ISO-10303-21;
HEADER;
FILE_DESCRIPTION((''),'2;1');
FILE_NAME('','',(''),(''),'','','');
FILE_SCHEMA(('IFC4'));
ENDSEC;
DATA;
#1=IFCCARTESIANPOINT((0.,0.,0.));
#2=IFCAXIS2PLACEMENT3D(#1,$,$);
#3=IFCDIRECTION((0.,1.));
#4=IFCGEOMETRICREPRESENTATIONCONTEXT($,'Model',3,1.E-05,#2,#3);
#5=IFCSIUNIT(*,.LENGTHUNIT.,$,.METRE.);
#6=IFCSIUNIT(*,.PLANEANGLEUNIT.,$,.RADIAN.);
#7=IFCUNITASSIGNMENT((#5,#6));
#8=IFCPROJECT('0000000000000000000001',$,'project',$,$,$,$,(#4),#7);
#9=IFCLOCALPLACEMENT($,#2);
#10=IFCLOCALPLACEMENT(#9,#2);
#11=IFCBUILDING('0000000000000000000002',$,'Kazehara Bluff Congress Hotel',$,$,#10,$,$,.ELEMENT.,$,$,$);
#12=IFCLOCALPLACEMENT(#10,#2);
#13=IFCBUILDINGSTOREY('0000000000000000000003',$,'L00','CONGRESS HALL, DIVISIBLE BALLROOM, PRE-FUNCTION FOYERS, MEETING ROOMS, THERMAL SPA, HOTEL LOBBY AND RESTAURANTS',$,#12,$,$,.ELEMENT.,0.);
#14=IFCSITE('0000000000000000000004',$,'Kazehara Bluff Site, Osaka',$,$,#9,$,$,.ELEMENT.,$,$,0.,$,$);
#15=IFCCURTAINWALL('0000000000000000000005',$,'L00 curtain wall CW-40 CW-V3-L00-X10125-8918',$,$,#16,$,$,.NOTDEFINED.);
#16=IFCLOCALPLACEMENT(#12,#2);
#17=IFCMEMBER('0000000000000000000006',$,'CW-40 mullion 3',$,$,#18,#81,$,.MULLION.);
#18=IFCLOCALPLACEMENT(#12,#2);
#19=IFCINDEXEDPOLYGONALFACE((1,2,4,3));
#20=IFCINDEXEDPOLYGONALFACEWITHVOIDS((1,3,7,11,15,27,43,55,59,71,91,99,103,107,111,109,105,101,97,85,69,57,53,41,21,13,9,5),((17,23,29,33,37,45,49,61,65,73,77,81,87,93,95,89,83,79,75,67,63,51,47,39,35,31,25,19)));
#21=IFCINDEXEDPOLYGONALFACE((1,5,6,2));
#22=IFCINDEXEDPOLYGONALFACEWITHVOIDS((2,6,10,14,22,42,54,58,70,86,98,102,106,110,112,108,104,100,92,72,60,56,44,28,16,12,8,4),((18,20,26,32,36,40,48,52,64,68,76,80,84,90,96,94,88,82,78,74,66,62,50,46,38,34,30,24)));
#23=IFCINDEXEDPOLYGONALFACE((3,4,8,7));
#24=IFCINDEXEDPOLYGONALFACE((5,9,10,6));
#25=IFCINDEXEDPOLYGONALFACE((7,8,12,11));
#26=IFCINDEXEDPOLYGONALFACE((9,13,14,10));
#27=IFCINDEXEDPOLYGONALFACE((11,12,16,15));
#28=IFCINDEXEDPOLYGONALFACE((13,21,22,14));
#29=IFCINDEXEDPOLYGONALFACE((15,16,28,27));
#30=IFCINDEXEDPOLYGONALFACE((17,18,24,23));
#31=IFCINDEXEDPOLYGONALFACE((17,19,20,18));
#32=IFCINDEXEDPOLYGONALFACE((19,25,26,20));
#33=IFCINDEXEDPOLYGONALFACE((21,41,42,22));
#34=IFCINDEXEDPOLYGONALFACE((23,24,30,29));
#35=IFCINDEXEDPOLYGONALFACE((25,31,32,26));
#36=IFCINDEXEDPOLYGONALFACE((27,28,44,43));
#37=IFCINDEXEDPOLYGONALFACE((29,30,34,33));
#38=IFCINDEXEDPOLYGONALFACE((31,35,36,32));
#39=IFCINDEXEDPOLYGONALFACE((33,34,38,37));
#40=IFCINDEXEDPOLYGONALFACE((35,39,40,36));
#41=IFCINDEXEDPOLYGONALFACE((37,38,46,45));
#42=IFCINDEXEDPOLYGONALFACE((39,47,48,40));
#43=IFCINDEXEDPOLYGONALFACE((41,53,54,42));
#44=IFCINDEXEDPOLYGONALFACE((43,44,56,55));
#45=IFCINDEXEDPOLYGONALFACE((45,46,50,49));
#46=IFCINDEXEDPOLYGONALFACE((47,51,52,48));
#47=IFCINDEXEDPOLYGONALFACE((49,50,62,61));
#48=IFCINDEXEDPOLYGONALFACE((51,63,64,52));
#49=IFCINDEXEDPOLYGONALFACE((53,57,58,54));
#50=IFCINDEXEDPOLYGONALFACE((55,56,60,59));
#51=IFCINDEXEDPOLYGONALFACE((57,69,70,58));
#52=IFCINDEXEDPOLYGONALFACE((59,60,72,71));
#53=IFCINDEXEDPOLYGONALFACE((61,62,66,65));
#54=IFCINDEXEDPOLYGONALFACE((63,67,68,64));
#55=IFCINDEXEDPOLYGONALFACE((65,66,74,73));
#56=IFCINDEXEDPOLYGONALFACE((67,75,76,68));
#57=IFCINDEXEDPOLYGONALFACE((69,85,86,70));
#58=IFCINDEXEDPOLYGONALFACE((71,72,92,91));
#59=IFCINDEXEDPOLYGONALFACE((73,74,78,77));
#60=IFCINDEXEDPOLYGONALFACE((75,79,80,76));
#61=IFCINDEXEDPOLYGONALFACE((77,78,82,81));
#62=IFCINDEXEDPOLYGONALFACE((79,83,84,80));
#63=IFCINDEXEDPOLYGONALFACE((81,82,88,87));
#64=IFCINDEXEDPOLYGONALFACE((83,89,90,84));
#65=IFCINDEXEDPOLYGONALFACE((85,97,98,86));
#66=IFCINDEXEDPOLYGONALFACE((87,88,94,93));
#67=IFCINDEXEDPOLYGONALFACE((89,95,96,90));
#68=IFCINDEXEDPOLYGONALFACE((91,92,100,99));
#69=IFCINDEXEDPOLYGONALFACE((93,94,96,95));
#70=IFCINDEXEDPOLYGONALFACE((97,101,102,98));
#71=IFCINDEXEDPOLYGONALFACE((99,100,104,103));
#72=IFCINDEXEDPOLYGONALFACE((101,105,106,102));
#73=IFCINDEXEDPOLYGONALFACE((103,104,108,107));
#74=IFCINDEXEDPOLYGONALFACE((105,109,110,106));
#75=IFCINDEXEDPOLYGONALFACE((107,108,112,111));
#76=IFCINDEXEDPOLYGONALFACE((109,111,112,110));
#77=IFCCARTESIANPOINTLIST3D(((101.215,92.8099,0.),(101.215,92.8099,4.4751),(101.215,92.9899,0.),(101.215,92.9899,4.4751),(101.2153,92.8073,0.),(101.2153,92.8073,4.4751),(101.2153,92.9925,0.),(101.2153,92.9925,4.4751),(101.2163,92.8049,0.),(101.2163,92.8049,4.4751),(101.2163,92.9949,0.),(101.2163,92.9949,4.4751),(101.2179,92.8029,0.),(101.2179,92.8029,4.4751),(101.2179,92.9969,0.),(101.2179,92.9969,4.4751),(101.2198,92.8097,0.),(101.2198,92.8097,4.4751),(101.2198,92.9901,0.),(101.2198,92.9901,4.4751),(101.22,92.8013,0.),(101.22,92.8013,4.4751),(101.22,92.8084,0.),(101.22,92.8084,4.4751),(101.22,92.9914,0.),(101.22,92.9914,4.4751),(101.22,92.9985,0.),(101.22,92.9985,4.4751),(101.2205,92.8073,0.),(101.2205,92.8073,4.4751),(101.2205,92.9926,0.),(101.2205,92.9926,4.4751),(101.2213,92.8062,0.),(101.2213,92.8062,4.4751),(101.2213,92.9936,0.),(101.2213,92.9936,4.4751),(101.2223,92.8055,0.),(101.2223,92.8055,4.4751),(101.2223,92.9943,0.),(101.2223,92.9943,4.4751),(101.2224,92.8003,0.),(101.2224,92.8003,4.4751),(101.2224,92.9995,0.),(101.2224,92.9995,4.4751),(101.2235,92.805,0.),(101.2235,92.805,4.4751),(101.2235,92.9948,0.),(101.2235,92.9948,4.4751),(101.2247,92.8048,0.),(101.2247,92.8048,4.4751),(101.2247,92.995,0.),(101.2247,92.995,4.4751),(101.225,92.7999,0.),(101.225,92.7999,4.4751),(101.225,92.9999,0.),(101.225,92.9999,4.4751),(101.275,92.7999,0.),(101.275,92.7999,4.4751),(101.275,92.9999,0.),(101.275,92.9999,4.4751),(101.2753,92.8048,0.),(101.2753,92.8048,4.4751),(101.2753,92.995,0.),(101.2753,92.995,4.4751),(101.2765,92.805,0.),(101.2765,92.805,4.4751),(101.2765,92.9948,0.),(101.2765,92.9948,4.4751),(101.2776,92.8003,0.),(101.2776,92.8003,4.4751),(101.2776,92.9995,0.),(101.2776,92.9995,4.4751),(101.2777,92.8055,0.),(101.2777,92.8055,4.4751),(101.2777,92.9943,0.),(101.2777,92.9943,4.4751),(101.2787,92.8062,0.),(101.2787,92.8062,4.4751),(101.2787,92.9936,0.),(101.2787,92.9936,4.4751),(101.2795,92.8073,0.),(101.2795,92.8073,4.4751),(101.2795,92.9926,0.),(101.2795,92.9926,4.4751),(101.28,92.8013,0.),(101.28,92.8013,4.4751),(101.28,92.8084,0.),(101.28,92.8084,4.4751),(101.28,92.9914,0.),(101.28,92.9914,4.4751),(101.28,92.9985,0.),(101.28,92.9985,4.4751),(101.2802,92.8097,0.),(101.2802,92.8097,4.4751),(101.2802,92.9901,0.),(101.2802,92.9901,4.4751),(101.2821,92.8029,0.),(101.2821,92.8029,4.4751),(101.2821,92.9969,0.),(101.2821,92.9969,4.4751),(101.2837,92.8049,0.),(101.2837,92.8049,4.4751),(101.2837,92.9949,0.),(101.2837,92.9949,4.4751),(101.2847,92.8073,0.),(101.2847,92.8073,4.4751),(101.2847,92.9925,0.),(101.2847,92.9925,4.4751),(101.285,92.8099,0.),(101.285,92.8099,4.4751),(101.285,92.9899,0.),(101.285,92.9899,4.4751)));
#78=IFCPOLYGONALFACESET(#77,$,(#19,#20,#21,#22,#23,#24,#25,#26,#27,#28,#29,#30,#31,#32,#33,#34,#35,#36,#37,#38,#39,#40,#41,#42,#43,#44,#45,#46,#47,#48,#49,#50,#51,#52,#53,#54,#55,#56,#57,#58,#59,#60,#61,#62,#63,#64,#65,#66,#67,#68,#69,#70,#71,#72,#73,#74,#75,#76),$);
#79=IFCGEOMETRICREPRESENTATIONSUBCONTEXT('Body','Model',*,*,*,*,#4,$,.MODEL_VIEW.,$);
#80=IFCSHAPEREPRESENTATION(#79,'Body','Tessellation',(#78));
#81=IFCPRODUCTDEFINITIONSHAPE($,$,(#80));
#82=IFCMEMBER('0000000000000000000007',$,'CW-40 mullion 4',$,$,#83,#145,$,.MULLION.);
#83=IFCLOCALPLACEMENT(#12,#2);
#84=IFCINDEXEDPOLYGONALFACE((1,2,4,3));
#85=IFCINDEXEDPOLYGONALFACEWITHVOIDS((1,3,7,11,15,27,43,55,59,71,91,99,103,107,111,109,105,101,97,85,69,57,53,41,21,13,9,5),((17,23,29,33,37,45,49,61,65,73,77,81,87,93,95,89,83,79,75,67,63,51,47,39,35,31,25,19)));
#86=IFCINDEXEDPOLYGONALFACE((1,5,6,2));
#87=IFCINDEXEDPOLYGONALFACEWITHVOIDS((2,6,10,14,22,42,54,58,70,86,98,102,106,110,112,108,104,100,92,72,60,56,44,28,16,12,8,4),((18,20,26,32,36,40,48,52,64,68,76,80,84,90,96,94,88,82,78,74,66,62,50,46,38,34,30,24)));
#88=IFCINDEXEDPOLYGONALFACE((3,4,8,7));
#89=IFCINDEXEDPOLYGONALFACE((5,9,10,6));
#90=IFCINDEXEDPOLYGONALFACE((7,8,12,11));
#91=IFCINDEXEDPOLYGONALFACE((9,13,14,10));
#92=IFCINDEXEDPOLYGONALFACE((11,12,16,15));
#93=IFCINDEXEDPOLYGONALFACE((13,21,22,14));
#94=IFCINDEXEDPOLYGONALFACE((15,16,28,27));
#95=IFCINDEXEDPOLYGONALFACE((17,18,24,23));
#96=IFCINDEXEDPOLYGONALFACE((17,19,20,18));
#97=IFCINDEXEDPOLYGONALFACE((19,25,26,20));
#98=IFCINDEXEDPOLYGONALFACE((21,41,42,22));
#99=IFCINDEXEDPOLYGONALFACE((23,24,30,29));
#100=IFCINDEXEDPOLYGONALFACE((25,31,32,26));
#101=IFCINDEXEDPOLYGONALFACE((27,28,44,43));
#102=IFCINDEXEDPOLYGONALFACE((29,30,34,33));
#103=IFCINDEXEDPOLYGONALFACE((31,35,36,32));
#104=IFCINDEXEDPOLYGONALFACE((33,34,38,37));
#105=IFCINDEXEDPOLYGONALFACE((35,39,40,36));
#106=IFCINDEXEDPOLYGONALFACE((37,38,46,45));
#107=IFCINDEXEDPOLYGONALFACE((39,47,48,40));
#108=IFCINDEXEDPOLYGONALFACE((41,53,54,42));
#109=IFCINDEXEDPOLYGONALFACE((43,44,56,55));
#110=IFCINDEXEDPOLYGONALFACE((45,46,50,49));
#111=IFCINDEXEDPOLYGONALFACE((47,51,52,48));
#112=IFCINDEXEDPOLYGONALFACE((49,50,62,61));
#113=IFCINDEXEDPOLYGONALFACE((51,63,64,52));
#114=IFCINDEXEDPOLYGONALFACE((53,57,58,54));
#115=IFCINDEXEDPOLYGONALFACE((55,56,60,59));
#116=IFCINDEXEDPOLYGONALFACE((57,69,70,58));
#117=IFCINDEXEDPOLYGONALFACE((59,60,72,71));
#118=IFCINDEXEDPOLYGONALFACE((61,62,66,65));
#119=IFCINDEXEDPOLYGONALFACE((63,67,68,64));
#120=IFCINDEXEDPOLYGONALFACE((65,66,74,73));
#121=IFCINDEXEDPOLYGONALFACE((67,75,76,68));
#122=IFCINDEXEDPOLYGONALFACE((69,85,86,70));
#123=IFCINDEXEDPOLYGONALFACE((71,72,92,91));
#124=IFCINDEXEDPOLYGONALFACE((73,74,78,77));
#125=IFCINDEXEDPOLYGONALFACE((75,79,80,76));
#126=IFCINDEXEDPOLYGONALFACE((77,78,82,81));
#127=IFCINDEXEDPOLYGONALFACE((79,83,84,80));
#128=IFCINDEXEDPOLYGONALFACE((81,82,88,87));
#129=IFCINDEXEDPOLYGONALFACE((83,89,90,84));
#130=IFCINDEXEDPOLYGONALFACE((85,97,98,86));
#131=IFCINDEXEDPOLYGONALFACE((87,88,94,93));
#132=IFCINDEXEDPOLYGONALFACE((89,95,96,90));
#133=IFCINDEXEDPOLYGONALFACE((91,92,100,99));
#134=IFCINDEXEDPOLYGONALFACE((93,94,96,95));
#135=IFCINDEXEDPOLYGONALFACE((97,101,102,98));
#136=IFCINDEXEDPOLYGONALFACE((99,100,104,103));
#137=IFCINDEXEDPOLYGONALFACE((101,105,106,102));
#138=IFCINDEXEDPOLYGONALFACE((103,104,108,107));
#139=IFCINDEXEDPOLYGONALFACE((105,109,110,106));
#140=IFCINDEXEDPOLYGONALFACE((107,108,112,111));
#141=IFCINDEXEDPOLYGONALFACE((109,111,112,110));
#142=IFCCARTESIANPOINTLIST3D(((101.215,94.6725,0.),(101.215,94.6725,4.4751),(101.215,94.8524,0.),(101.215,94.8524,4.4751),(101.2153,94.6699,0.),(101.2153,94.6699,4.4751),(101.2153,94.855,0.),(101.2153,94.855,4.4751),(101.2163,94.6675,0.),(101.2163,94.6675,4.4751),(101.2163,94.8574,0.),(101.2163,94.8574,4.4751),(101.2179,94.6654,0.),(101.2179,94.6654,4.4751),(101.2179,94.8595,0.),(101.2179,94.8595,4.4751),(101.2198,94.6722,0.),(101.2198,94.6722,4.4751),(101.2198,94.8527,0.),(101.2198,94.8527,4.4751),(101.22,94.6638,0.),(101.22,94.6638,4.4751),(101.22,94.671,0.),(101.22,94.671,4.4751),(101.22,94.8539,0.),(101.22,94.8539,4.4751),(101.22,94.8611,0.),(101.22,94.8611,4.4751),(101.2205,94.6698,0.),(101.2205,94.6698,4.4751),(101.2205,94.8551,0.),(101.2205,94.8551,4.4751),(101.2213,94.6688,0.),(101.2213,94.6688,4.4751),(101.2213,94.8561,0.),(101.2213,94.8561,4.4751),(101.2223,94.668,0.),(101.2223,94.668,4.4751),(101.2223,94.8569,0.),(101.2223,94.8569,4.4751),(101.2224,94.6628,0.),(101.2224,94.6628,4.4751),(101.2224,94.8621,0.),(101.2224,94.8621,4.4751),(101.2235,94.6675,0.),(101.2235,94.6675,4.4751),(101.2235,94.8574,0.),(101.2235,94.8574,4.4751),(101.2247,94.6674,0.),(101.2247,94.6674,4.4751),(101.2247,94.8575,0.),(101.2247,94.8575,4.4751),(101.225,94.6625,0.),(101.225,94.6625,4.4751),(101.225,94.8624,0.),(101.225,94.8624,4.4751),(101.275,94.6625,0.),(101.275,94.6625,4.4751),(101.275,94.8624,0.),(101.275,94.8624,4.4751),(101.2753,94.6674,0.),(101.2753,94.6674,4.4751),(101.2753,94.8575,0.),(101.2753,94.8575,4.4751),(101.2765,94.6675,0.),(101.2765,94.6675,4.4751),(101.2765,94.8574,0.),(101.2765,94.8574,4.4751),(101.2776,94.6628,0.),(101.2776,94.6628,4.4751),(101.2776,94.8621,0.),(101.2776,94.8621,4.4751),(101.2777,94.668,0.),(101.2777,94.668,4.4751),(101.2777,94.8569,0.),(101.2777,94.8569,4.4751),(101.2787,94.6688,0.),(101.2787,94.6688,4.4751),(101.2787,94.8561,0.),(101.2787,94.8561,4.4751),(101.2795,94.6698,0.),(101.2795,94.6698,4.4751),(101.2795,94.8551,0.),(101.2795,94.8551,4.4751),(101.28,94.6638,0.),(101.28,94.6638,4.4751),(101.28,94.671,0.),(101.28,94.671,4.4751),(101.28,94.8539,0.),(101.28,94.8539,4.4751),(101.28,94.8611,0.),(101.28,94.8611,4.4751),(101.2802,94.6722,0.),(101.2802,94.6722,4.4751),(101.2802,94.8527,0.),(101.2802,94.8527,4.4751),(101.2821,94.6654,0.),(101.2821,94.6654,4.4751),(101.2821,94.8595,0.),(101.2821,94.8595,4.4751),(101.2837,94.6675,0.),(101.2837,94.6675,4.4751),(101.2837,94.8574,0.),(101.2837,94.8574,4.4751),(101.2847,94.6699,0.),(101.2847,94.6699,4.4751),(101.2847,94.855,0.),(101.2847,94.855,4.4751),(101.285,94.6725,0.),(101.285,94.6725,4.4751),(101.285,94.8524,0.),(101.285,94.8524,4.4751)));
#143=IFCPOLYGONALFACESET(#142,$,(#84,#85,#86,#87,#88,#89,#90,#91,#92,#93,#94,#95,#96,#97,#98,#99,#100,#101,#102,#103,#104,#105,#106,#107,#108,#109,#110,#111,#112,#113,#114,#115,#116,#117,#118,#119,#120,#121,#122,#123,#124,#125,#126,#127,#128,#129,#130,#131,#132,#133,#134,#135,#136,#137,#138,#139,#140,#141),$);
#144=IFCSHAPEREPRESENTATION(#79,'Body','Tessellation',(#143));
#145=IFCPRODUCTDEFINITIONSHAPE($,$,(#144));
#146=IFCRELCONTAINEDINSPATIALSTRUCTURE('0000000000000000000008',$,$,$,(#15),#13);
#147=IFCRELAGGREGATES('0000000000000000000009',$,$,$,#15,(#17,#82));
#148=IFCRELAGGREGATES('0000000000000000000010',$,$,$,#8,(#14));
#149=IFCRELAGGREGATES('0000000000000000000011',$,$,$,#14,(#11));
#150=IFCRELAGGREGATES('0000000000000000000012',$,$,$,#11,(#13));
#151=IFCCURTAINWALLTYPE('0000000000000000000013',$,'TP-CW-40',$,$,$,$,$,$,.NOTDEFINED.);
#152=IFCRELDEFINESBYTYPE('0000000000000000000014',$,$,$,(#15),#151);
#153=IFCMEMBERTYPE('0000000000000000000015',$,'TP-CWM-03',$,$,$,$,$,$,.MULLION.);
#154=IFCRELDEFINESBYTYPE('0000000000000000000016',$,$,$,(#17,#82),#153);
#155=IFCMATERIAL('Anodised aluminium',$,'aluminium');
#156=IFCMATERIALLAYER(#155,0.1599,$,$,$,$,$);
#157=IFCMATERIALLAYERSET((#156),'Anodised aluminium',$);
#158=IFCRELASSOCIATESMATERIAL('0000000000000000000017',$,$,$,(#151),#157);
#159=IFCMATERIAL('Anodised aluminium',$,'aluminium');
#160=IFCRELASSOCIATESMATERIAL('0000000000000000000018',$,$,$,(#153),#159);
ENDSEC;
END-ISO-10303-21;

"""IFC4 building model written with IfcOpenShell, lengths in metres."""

from ifc_helpers import new_model, si_unit, direction, frame, origin, origin_2d, place, context, subcontext, project, spatial, hollow_rectangle, extrude, material, layer, layer_set, material_profile, profile_set, type_object, element, aggregate, save


model = new_model("IFC4")

# Units and contexts
model_context = context("Model", 3, precision=1e-05, world=origin(), true_north=direction((0.0, 1.0)))
body_context = subcontext(model_context, "Body", "Model", "MODEL_VIEW")
ifc_project = project(units=[si_unit("LENGTHUNIT", "METRE"), si_unit("PLANEANGLEUNIT", "RADIAN")], contexts=[model_context])

# Site, building, storey
site_placement = place(None, origin())
site = spatial("IfcSite", under=ifc_project, at=site_placement, Name="Kazehara Bluff Site, Osaka", CompositionType="ELEMENT", RefElevation=0.0)
building_placement = place(site_placement, origin())
building = spatial("IfcBuilding", under=site, at=building_placement, Name="Kazehara Bluff Congress Hotel", CompositionType="ELEMENT")
storey_placement = place(building_placement, origin())
storey = spatial("IfcBuildingStorey", under=building, at=storey_placement, Name="L00", Description="CONGRESS HALL, DIVISIBLE BALLROOM, PRE-FUNCTION FOYERS, MEETING ROOMS, THERMAL SPA, HOTEL LOBBY AND RESTAURANTS", CompositionType="ELEMENT", Elevation=0.0)

# Curtain wall, members
ifc_material_1 = material(Name="Anodised aluminium", Category="aluminium")
ifc_layer_1 = layer(ifc_material_1, 0.1599)
ifc_layer_set_1 = layer_set([ifc_layer_1], Name="Anodised aluminium")
curtain_wall_type = type_object("IfcCurtainWallType", Name="TP-CW-40", PredefinedType="NOTDEFINED", material=ifc_layer_set_1)
curtain_wall_placement = place(storey_placement, origin())
curtain_wall = element("IfcCurtainWall", 1, at=curtain_wall_placement, inside=storey, type_object=curtain_wall_type, Name="L00 curtain wall CW-40 CW-V3-L00-X10125-8918", PredefinedType="NOTDEFINED")
ifc_material_2 = material(Name="Anodised aluminium", Category="aluminium")
ifc_material_profile_1 = material_profile(ifc_material_2, hollow_rectangle(XDim=0.0701, YDim=0.2, WallThickness=0.0049, InnerFilletRadius=0.0049, OuterFilletRadius=0.01, at=origin_2d()))
ifc_profile_set_1 = profile_set([ifc_material_profile_1], Name="Anodised aluminium")
member_type_1 = type_object("IfcMemberType", Name="TP-CWM-03", PredefinedType="MULLION", material=ifc_profile_set_1)
member_1_placement = place(storey_placement, frame((101.25, 92.8999, 0.0), z_axis=(0.0, 0.0, 1.0), x_axis=(-1.0, 0.0, 0.0)))
member_1 = element("IfcMember", 2, at=member_1_placement, type_object=member_type_1, Name="CW-40 mullion 3", PredefinedType="MULLION", context=body_context, shape_type="SweptSolid", body=[
    extrude(hollow_rectangle(XDim=0.0701, YDim=0.2, WallThickness=0.0049, InnerFilletRadius=0.0049, OuterFilletRadius=0.01, at=origin_2d()), origin(), (0.0, 0.0, 1.0), 4.4751),
])
member_2_placement = place(storey_placement, frame((101.25, 94.7625, 0.0), z_axis=(0.0, 0.0, 1.0), x_axis=(-1.0, 0.0, 0.0)))
member_2 = element("IfcMember", 3, at=member_2_placement, type_object=member_type_1, Name="CW-40 mullion 4", PredefinedType="MULLION", context=body_context, shape_type="SweptSolid", body=[
    extrude(hollow_rectangle(XDim=0.0701, YDim=0.2, WallThickness=0.0049, InnerFilletRadius=0.0049, OuterFilletRadius=0.01, at=origin_2d()), origin(), (0.0, 0.0, 1.0), 4.4751),
])
aggregate(curtain_wall, [member_1, member_2])

save(model, "model.ifc")
